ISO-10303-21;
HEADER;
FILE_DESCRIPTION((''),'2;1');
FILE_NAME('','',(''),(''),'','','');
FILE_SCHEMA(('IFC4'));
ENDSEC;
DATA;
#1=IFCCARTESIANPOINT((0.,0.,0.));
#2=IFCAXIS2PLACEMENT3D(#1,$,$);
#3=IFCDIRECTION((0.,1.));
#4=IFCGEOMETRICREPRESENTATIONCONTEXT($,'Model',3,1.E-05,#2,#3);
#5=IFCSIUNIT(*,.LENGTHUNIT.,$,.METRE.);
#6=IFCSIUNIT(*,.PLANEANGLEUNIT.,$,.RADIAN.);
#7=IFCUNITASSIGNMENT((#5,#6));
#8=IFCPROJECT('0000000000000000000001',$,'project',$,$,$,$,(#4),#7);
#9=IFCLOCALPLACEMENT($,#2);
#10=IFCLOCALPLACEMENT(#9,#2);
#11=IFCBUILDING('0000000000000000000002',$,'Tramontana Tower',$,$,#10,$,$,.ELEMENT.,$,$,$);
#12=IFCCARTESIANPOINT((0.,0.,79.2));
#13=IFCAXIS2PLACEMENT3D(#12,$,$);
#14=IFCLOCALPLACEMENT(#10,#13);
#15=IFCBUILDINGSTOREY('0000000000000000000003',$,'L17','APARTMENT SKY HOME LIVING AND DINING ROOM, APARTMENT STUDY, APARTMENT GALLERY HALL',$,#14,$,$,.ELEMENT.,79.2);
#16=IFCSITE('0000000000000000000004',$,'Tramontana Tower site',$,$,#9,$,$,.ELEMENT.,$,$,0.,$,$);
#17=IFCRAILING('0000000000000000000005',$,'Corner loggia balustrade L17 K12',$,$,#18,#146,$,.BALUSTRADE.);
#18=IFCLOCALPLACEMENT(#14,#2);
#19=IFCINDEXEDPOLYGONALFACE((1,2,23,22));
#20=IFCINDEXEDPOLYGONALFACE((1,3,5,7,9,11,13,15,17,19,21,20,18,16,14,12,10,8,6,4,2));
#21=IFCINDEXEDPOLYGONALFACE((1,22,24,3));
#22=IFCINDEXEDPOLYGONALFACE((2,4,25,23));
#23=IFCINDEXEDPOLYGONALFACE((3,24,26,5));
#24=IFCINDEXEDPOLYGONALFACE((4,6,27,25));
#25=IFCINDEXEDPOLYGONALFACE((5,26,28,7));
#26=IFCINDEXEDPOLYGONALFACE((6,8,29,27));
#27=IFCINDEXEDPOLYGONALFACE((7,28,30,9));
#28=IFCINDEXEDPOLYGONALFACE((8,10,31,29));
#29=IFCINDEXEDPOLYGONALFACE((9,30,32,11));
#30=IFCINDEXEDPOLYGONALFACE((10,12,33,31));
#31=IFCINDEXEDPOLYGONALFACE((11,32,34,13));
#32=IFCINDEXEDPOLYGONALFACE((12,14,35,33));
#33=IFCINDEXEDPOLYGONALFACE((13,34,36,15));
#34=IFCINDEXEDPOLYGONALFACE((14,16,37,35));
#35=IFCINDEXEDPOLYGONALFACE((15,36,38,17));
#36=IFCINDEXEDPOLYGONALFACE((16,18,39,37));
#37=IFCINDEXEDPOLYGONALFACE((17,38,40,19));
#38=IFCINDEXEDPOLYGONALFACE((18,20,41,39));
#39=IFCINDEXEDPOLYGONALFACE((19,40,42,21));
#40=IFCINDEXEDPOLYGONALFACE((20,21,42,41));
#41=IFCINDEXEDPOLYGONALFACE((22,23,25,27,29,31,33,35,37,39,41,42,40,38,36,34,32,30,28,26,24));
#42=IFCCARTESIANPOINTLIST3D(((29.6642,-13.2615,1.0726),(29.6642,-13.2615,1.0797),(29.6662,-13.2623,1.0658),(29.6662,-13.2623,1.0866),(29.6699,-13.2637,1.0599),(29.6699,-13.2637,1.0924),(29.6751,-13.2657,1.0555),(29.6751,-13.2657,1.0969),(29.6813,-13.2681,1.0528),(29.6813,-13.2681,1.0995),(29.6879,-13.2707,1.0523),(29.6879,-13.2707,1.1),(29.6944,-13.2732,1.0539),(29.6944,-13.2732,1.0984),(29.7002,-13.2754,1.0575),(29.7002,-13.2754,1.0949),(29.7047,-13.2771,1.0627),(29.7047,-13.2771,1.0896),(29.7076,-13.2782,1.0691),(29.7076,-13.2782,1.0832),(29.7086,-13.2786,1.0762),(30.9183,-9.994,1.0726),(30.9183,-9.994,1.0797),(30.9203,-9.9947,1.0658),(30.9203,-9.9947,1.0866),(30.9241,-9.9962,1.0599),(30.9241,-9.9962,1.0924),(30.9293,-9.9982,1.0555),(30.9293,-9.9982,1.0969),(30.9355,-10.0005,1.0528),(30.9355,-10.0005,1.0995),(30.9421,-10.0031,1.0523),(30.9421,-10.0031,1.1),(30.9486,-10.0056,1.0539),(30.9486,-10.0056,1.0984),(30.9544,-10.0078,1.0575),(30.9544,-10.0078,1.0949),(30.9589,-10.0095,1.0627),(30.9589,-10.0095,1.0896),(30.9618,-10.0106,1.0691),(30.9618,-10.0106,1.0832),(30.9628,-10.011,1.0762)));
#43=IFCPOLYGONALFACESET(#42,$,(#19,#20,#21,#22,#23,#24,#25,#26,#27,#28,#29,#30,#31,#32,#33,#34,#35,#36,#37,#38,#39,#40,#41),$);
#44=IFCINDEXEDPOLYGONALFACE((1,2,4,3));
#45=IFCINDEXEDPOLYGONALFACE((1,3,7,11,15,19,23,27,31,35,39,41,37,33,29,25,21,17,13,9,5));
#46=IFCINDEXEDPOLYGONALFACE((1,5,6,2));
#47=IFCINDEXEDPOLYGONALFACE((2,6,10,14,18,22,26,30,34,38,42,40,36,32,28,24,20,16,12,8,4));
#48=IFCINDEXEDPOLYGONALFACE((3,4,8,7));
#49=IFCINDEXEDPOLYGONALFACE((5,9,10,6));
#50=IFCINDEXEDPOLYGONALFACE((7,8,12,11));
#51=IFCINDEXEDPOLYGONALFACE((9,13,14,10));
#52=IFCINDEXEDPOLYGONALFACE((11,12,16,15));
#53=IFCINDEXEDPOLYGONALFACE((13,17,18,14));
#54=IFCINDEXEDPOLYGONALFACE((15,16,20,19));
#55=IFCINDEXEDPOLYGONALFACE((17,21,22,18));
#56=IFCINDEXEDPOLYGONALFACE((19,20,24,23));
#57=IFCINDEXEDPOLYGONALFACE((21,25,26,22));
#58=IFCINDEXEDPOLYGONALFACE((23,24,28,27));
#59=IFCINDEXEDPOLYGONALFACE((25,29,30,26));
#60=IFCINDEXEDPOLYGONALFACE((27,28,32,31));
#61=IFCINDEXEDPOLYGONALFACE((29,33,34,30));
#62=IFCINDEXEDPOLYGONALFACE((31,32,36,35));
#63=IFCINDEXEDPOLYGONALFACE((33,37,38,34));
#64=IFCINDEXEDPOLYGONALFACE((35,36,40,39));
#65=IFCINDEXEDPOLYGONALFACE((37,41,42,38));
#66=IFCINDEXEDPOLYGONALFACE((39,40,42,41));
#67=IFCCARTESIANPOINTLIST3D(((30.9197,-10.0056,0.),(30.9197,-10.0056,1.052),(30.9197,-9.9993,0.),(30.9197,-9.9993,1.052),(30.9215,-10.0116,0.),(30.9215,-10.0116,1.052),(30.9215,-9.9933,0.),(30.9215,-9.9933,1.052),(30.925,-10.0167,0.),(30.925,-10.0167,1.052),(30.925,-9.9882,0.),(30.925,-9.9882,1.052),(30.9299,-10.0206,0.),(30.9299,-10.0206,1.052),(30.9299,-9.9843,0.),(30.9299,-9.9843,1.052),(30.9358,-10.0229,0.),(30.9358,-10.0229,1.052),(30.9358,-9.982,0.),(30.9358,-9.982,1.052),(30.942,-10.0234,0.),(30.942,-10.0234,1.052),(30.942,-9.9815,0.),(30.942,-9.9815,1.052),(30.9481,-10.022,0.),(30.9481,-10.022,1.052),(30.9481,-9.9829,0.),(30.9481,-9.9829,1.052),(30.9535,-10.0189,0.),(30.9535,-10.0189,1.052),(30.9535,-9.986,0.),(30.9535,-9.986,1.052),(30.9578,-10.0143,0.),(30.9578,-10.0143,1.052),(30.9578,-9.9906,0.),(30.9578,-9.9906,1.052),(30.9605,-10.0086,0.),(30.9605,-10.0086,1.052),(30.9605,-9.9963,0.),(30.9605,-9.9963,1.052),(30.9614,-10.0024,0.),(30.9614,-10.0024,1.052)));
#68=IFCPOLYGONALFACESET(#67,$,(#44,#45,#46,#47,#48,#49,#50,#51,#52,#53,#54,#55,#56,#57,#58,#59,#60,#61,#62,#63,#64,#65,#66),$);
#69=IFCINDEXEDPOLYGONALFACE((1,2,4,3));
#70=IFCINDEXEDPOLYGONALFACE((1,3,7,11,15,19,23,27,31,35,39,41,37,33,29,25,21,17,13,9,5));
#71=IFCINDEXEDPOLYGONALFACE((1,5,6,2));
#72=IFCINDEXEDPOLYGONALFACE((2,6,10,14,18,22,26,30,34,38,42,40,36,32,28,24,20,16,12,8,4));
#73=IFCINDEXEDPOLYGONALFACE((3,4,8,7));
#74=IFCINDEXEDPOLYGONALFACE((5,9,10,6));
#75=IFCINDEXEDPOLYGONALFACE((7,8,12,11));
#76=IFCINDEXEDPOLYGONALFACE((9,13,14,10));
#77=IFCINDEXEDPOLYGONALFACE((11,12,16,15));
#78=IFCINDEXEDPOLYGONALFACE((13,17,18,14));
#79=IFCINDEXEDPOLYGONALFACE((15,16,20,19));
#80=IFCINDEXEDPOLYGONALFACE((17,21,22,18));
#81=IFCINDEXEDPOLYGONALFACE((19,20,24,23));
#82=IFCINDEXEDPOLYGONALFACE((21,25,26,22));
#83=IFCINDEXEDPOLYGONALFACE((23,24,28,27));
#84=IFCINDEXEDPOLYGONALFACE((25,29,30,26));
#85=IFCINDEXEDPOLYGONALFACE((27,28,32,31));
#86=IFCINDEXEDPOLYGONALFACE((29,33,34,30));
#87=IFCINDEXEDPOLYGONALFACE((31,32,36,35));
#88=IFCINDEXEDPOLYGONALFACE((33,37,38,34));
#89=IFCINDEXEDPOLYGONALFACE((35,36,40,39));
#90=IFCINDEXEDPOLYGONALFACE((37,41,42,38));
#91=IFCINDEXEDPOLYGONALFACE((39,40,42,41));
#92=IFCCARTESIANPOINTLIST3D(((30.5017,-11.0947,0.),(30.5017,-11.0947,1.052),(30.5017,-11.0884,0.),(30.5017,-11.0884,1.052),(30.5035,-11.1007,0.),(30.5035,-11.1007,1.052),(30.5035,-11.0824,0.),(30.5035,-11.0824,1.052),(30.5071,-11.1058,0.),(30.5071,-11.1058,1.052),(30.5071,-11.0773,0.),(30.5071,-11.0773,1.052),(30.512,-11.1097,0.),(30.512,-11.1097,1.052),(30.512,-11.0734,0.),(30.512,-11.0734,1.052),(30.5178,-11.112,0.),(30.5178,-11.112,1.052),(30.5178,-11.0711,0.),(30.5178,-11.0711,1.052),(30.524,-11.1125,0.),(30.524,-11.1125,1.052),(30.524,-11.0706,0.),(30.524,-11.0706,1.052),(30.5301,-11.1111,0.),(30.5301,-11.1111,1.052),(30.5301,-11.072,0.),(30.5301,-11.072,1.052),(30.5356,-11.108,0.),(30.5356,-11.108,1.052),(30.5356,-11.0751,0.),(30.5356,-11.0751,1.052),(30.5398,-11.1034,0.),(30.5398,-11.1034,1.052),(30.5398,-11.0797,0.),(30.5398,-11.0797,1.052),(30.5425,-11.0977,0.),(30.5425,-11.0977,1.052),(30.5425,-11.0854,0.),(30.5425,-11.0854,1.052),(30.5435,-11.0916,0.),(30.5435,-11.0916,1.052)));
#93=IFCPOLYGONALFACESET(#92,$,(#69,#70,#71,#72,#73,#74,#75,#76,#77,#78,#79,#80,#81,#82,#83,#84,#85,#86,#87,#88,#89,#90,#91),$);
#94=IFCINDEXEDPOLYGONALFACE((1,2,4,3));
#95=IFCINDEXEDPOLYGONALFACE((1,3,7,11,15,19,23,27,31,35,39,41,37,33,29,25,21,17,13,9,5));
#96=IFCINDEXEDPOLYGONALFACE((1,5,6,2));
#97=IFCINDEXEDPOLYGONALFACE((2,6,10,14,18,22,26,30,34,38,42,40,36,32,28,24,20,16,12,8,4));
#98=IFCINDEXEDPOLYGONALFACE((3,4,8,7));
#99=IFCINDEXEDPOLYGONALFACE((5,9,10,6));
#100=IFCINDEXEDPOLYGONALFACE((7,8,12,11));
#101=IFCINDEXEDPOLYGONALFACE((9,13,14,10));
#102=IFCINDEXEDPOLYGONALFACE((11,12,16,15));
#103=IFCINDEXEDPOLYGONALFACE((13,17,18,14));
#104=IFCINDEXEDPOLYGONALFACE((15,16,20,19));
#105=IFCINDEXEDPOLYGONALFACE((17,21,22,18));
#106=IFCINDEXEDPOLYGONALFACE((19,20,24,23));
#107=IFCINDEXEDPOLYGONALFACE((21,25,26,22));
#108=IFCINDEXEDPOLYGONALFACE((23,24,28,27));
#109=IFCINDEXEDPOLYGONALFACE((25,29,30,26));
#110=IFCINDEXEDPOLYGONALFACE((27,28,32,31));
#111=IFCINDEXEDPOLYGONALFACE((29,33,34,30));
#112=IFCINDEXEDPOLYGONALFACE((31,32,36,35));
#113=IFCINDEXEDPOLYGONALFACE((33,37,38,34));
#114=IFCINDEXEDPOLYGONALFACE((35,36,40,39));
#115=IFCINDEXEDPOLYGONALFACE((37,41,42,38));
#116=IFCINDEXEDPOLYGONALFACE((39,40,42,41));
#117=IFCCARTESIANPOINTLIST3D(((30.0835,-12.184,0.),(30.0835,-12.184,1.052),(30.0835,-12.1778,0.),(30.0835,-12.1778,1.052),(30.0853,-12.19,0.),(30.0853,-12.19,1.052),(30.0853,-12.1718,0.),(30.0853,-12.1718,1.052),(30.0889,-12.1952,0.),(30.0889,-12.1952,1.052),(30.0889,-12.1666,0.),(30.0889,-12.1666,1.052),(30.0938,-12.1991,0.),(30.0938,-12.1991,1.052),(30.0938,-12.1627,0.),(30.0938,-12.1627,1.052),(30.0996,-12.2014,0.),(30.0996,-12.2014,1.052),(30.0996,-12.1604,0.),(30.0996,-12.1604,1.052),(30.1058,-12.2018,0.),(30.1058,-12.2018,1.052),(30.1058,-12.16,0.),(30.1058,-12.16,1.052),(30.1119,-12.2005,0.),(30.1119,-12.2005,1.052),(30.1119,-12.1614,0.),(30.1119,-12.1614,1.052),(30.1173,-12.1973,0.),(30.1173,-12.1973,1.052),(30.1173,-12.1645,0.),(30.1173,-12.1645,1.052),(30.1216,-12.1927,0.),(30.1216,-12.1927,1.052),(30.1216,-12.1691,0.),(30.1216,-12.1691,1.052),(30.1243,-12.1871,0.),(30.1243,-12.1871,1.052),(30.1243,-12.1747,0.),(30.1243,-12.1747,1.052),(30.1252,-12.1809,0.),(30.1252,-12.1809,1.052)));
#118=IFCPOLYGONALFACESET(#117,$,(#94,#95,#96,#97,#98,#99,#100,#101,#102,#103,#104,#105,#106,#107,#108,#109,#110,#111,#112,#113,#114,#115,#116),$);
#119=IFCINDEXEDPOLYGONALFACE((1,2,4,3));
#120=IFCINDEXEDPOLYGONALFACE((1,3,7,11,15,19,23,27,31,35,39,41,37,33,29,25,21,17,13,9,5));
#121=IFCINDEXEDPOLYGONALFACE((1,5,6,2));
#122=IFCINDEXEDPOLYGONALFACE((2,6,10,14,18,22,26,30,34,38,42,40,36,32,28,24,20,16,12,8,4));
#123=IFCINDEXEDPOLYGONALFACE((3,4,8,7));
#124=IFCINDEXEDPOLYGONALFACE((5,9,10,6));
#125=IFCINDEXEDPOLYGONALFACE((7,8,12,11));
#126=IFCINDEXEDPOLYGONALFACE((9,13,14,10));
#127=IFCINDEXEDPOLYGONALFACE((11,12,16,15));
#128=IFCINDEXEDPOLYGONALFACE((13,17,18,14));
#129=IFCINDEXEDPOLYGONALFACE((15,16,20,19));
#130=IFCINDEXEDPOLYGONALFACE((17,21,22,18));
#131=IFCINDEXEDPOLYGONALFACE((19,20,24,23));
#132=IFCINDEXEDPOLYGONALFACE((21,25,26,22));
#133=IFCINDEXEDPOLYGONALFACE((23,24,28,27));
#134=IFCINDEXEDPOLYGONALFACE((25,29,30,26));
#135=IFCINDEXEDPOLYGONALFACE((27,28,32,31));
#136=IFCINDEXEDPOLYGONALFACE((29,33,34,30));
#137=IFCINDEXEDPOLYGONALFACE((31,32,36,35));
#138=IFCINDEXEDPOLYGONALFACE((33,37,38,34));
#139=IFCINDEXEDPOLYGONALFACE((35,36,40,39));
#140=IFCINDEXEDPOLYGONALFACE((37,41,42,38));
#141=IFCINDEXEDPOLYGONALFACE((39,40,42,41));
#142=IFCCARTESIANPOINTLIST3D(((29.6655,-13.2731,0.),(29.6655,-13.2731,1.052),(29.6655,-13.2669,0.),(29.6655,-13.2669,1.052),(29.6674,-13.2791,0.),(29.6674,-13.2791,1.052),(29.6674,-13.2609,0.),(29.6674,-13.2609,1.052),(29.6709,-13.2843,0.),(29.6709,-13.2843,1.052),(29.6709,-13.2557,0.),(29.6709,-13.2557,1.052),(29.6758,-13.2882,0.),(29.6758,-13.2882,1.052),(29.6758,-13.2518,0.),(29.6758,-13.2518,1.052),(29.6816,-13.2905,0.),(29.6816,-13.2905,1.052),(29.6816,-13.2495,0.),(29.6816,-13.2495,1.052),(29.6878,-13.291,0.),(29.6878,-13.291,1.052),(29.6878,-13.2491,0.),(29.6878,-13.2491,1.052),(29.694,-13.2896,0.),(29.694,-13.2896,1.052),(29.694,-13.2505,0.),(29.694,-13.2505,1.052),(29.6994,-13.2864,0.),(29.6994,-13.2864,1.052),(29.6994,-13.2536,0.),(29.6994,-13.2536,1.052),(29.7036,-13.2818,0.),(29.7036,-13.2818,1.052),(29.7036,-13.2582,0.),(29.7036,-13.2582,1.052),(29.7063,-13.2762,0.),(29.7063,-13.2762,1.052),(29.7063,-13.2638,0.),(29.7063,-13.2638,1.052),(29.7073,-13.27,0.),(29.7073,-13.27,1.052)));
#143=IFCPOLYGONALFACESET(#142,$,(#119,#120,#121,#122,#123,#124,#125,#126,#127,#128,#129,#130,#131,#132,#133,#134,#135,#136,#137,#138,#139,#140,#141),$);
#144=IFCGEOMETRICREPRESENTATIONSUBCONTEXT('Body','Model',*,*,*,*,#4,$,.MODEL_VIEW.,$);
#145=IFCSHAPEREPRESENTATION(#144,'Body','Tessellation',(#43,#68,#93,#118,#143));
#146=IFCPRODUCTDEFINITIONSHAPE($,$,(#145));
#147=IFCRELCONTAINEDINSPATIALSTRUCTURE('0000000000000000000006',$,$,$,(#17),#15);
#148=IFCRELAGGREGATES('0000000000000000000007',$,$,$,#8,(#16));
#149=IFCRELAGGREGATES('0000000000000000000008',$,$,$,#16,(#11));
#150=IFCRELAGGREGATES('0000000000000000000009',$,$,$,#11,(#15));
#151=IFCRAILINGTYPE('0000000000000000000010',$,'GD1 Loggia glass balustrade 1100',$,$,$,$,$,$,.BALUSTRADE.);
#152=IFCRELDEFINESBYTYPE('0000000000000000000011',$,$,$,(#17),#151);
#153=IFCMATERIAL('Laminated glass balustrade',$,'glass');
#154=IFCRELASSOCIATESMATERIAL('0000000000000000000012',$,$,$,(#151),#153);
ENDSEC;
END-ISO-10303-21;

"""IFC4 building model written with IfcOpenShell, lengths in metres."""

from ifc_helpers import new_model, si_unit, direction, frame, origin, origin_2d, place, context, subcontext, project, spatial, circle, extrude, material, type_object, element, save


model = new_model("IFC4")

# Units and contexts
model_context = context("Model", 3, precision=1e-05, world=origin(), true_north=direction((0.0, 1.0)))
body_context = subcontext(model_context, "Body", "Model", "MODEL_VIEW")
ifc_project = project(units=[si_unit("LENGTHUNIT", "METRE"), si_unit("PLANEANGLEUNIT", "RADIAN")], contexts=[model_context])

# Site, building, storey
site_placement = place(None, origin())
site = spatial("IfcSite", under=ifc_project, at=site_placement, Name="Tramontana Tower site", CompositionType="ELEMENT", RefElevation=0.0)
building_placement = place(site_placement, origin())
building = spatial("IfcBuilding", under=site, at=building_placement, Name="Tramontana Tower", CompositionType="ELEMENT")
storey_placement = place(building_placement, frame((0.0, 0.0, 79.2)))
storey = spatial("IfcBuildingStorey", under=building, at=storey_placement, Name="L17", Description="APARTMENT SKY HOME LIVING AND DINING ROOM, APARTMENT STUDY, APARTMENT GALLERY HALL", CompositionType="ELEMENT", Elevation=79.2)

# Railing
ifc_material_1 = material(Name="Laminated glass balustrade", Category="glass")
railing_type = type_object("IfcRailingType", Name="GD1 Loggia glass balustrade 1100", PredefinedType="BALUSTRADE", material=ifc_material_1)
railing_placement = place(storey_placement, frame((30.9404, -10.0024, 0.0)))
element("IfcRailing", 1, at=railing_placement, inside=storey, type_object=railing_type, Name="Corner loggia balustrade L17 K12", PredefinedType="BALUSTRADE", context=body_context, shape_type="SweptSolid", body=[
    extrude(circle(Radius=0.0239, at=origin_2d()), frame((0.0, 0.0, 1.0762), z_axis=(-0.358329, -0.933595, 0.0), x_axis=(0.933595, -0.358329, 0.0)), (0.0, 0.0, 1.0), 3.5),
    extrude(circle(Radius=0.021, at=origin_2d()), origin(), (0.0, 0.0, 1.0), 1.052),
    extrude(circle(Radius=0.021, at=origin_2d()), frame((-0.418, -1.0891, 0.0)), (0.0, 0.0, 1.0), 1.052),
    extrude(circle(Radius=0.021, at=origin_2d()), frame((-0.8362, -2.1785, 0.0)), (0.0, 0.0, 1.0), 1.052),
    extrude(circle(Radius=0.021, at=origin_2d()), frame((-1.2542, -3.2676, 0.0)), (0.0, 0.0, 1.0), 1.052),
])

save(model, "model.ifc")
